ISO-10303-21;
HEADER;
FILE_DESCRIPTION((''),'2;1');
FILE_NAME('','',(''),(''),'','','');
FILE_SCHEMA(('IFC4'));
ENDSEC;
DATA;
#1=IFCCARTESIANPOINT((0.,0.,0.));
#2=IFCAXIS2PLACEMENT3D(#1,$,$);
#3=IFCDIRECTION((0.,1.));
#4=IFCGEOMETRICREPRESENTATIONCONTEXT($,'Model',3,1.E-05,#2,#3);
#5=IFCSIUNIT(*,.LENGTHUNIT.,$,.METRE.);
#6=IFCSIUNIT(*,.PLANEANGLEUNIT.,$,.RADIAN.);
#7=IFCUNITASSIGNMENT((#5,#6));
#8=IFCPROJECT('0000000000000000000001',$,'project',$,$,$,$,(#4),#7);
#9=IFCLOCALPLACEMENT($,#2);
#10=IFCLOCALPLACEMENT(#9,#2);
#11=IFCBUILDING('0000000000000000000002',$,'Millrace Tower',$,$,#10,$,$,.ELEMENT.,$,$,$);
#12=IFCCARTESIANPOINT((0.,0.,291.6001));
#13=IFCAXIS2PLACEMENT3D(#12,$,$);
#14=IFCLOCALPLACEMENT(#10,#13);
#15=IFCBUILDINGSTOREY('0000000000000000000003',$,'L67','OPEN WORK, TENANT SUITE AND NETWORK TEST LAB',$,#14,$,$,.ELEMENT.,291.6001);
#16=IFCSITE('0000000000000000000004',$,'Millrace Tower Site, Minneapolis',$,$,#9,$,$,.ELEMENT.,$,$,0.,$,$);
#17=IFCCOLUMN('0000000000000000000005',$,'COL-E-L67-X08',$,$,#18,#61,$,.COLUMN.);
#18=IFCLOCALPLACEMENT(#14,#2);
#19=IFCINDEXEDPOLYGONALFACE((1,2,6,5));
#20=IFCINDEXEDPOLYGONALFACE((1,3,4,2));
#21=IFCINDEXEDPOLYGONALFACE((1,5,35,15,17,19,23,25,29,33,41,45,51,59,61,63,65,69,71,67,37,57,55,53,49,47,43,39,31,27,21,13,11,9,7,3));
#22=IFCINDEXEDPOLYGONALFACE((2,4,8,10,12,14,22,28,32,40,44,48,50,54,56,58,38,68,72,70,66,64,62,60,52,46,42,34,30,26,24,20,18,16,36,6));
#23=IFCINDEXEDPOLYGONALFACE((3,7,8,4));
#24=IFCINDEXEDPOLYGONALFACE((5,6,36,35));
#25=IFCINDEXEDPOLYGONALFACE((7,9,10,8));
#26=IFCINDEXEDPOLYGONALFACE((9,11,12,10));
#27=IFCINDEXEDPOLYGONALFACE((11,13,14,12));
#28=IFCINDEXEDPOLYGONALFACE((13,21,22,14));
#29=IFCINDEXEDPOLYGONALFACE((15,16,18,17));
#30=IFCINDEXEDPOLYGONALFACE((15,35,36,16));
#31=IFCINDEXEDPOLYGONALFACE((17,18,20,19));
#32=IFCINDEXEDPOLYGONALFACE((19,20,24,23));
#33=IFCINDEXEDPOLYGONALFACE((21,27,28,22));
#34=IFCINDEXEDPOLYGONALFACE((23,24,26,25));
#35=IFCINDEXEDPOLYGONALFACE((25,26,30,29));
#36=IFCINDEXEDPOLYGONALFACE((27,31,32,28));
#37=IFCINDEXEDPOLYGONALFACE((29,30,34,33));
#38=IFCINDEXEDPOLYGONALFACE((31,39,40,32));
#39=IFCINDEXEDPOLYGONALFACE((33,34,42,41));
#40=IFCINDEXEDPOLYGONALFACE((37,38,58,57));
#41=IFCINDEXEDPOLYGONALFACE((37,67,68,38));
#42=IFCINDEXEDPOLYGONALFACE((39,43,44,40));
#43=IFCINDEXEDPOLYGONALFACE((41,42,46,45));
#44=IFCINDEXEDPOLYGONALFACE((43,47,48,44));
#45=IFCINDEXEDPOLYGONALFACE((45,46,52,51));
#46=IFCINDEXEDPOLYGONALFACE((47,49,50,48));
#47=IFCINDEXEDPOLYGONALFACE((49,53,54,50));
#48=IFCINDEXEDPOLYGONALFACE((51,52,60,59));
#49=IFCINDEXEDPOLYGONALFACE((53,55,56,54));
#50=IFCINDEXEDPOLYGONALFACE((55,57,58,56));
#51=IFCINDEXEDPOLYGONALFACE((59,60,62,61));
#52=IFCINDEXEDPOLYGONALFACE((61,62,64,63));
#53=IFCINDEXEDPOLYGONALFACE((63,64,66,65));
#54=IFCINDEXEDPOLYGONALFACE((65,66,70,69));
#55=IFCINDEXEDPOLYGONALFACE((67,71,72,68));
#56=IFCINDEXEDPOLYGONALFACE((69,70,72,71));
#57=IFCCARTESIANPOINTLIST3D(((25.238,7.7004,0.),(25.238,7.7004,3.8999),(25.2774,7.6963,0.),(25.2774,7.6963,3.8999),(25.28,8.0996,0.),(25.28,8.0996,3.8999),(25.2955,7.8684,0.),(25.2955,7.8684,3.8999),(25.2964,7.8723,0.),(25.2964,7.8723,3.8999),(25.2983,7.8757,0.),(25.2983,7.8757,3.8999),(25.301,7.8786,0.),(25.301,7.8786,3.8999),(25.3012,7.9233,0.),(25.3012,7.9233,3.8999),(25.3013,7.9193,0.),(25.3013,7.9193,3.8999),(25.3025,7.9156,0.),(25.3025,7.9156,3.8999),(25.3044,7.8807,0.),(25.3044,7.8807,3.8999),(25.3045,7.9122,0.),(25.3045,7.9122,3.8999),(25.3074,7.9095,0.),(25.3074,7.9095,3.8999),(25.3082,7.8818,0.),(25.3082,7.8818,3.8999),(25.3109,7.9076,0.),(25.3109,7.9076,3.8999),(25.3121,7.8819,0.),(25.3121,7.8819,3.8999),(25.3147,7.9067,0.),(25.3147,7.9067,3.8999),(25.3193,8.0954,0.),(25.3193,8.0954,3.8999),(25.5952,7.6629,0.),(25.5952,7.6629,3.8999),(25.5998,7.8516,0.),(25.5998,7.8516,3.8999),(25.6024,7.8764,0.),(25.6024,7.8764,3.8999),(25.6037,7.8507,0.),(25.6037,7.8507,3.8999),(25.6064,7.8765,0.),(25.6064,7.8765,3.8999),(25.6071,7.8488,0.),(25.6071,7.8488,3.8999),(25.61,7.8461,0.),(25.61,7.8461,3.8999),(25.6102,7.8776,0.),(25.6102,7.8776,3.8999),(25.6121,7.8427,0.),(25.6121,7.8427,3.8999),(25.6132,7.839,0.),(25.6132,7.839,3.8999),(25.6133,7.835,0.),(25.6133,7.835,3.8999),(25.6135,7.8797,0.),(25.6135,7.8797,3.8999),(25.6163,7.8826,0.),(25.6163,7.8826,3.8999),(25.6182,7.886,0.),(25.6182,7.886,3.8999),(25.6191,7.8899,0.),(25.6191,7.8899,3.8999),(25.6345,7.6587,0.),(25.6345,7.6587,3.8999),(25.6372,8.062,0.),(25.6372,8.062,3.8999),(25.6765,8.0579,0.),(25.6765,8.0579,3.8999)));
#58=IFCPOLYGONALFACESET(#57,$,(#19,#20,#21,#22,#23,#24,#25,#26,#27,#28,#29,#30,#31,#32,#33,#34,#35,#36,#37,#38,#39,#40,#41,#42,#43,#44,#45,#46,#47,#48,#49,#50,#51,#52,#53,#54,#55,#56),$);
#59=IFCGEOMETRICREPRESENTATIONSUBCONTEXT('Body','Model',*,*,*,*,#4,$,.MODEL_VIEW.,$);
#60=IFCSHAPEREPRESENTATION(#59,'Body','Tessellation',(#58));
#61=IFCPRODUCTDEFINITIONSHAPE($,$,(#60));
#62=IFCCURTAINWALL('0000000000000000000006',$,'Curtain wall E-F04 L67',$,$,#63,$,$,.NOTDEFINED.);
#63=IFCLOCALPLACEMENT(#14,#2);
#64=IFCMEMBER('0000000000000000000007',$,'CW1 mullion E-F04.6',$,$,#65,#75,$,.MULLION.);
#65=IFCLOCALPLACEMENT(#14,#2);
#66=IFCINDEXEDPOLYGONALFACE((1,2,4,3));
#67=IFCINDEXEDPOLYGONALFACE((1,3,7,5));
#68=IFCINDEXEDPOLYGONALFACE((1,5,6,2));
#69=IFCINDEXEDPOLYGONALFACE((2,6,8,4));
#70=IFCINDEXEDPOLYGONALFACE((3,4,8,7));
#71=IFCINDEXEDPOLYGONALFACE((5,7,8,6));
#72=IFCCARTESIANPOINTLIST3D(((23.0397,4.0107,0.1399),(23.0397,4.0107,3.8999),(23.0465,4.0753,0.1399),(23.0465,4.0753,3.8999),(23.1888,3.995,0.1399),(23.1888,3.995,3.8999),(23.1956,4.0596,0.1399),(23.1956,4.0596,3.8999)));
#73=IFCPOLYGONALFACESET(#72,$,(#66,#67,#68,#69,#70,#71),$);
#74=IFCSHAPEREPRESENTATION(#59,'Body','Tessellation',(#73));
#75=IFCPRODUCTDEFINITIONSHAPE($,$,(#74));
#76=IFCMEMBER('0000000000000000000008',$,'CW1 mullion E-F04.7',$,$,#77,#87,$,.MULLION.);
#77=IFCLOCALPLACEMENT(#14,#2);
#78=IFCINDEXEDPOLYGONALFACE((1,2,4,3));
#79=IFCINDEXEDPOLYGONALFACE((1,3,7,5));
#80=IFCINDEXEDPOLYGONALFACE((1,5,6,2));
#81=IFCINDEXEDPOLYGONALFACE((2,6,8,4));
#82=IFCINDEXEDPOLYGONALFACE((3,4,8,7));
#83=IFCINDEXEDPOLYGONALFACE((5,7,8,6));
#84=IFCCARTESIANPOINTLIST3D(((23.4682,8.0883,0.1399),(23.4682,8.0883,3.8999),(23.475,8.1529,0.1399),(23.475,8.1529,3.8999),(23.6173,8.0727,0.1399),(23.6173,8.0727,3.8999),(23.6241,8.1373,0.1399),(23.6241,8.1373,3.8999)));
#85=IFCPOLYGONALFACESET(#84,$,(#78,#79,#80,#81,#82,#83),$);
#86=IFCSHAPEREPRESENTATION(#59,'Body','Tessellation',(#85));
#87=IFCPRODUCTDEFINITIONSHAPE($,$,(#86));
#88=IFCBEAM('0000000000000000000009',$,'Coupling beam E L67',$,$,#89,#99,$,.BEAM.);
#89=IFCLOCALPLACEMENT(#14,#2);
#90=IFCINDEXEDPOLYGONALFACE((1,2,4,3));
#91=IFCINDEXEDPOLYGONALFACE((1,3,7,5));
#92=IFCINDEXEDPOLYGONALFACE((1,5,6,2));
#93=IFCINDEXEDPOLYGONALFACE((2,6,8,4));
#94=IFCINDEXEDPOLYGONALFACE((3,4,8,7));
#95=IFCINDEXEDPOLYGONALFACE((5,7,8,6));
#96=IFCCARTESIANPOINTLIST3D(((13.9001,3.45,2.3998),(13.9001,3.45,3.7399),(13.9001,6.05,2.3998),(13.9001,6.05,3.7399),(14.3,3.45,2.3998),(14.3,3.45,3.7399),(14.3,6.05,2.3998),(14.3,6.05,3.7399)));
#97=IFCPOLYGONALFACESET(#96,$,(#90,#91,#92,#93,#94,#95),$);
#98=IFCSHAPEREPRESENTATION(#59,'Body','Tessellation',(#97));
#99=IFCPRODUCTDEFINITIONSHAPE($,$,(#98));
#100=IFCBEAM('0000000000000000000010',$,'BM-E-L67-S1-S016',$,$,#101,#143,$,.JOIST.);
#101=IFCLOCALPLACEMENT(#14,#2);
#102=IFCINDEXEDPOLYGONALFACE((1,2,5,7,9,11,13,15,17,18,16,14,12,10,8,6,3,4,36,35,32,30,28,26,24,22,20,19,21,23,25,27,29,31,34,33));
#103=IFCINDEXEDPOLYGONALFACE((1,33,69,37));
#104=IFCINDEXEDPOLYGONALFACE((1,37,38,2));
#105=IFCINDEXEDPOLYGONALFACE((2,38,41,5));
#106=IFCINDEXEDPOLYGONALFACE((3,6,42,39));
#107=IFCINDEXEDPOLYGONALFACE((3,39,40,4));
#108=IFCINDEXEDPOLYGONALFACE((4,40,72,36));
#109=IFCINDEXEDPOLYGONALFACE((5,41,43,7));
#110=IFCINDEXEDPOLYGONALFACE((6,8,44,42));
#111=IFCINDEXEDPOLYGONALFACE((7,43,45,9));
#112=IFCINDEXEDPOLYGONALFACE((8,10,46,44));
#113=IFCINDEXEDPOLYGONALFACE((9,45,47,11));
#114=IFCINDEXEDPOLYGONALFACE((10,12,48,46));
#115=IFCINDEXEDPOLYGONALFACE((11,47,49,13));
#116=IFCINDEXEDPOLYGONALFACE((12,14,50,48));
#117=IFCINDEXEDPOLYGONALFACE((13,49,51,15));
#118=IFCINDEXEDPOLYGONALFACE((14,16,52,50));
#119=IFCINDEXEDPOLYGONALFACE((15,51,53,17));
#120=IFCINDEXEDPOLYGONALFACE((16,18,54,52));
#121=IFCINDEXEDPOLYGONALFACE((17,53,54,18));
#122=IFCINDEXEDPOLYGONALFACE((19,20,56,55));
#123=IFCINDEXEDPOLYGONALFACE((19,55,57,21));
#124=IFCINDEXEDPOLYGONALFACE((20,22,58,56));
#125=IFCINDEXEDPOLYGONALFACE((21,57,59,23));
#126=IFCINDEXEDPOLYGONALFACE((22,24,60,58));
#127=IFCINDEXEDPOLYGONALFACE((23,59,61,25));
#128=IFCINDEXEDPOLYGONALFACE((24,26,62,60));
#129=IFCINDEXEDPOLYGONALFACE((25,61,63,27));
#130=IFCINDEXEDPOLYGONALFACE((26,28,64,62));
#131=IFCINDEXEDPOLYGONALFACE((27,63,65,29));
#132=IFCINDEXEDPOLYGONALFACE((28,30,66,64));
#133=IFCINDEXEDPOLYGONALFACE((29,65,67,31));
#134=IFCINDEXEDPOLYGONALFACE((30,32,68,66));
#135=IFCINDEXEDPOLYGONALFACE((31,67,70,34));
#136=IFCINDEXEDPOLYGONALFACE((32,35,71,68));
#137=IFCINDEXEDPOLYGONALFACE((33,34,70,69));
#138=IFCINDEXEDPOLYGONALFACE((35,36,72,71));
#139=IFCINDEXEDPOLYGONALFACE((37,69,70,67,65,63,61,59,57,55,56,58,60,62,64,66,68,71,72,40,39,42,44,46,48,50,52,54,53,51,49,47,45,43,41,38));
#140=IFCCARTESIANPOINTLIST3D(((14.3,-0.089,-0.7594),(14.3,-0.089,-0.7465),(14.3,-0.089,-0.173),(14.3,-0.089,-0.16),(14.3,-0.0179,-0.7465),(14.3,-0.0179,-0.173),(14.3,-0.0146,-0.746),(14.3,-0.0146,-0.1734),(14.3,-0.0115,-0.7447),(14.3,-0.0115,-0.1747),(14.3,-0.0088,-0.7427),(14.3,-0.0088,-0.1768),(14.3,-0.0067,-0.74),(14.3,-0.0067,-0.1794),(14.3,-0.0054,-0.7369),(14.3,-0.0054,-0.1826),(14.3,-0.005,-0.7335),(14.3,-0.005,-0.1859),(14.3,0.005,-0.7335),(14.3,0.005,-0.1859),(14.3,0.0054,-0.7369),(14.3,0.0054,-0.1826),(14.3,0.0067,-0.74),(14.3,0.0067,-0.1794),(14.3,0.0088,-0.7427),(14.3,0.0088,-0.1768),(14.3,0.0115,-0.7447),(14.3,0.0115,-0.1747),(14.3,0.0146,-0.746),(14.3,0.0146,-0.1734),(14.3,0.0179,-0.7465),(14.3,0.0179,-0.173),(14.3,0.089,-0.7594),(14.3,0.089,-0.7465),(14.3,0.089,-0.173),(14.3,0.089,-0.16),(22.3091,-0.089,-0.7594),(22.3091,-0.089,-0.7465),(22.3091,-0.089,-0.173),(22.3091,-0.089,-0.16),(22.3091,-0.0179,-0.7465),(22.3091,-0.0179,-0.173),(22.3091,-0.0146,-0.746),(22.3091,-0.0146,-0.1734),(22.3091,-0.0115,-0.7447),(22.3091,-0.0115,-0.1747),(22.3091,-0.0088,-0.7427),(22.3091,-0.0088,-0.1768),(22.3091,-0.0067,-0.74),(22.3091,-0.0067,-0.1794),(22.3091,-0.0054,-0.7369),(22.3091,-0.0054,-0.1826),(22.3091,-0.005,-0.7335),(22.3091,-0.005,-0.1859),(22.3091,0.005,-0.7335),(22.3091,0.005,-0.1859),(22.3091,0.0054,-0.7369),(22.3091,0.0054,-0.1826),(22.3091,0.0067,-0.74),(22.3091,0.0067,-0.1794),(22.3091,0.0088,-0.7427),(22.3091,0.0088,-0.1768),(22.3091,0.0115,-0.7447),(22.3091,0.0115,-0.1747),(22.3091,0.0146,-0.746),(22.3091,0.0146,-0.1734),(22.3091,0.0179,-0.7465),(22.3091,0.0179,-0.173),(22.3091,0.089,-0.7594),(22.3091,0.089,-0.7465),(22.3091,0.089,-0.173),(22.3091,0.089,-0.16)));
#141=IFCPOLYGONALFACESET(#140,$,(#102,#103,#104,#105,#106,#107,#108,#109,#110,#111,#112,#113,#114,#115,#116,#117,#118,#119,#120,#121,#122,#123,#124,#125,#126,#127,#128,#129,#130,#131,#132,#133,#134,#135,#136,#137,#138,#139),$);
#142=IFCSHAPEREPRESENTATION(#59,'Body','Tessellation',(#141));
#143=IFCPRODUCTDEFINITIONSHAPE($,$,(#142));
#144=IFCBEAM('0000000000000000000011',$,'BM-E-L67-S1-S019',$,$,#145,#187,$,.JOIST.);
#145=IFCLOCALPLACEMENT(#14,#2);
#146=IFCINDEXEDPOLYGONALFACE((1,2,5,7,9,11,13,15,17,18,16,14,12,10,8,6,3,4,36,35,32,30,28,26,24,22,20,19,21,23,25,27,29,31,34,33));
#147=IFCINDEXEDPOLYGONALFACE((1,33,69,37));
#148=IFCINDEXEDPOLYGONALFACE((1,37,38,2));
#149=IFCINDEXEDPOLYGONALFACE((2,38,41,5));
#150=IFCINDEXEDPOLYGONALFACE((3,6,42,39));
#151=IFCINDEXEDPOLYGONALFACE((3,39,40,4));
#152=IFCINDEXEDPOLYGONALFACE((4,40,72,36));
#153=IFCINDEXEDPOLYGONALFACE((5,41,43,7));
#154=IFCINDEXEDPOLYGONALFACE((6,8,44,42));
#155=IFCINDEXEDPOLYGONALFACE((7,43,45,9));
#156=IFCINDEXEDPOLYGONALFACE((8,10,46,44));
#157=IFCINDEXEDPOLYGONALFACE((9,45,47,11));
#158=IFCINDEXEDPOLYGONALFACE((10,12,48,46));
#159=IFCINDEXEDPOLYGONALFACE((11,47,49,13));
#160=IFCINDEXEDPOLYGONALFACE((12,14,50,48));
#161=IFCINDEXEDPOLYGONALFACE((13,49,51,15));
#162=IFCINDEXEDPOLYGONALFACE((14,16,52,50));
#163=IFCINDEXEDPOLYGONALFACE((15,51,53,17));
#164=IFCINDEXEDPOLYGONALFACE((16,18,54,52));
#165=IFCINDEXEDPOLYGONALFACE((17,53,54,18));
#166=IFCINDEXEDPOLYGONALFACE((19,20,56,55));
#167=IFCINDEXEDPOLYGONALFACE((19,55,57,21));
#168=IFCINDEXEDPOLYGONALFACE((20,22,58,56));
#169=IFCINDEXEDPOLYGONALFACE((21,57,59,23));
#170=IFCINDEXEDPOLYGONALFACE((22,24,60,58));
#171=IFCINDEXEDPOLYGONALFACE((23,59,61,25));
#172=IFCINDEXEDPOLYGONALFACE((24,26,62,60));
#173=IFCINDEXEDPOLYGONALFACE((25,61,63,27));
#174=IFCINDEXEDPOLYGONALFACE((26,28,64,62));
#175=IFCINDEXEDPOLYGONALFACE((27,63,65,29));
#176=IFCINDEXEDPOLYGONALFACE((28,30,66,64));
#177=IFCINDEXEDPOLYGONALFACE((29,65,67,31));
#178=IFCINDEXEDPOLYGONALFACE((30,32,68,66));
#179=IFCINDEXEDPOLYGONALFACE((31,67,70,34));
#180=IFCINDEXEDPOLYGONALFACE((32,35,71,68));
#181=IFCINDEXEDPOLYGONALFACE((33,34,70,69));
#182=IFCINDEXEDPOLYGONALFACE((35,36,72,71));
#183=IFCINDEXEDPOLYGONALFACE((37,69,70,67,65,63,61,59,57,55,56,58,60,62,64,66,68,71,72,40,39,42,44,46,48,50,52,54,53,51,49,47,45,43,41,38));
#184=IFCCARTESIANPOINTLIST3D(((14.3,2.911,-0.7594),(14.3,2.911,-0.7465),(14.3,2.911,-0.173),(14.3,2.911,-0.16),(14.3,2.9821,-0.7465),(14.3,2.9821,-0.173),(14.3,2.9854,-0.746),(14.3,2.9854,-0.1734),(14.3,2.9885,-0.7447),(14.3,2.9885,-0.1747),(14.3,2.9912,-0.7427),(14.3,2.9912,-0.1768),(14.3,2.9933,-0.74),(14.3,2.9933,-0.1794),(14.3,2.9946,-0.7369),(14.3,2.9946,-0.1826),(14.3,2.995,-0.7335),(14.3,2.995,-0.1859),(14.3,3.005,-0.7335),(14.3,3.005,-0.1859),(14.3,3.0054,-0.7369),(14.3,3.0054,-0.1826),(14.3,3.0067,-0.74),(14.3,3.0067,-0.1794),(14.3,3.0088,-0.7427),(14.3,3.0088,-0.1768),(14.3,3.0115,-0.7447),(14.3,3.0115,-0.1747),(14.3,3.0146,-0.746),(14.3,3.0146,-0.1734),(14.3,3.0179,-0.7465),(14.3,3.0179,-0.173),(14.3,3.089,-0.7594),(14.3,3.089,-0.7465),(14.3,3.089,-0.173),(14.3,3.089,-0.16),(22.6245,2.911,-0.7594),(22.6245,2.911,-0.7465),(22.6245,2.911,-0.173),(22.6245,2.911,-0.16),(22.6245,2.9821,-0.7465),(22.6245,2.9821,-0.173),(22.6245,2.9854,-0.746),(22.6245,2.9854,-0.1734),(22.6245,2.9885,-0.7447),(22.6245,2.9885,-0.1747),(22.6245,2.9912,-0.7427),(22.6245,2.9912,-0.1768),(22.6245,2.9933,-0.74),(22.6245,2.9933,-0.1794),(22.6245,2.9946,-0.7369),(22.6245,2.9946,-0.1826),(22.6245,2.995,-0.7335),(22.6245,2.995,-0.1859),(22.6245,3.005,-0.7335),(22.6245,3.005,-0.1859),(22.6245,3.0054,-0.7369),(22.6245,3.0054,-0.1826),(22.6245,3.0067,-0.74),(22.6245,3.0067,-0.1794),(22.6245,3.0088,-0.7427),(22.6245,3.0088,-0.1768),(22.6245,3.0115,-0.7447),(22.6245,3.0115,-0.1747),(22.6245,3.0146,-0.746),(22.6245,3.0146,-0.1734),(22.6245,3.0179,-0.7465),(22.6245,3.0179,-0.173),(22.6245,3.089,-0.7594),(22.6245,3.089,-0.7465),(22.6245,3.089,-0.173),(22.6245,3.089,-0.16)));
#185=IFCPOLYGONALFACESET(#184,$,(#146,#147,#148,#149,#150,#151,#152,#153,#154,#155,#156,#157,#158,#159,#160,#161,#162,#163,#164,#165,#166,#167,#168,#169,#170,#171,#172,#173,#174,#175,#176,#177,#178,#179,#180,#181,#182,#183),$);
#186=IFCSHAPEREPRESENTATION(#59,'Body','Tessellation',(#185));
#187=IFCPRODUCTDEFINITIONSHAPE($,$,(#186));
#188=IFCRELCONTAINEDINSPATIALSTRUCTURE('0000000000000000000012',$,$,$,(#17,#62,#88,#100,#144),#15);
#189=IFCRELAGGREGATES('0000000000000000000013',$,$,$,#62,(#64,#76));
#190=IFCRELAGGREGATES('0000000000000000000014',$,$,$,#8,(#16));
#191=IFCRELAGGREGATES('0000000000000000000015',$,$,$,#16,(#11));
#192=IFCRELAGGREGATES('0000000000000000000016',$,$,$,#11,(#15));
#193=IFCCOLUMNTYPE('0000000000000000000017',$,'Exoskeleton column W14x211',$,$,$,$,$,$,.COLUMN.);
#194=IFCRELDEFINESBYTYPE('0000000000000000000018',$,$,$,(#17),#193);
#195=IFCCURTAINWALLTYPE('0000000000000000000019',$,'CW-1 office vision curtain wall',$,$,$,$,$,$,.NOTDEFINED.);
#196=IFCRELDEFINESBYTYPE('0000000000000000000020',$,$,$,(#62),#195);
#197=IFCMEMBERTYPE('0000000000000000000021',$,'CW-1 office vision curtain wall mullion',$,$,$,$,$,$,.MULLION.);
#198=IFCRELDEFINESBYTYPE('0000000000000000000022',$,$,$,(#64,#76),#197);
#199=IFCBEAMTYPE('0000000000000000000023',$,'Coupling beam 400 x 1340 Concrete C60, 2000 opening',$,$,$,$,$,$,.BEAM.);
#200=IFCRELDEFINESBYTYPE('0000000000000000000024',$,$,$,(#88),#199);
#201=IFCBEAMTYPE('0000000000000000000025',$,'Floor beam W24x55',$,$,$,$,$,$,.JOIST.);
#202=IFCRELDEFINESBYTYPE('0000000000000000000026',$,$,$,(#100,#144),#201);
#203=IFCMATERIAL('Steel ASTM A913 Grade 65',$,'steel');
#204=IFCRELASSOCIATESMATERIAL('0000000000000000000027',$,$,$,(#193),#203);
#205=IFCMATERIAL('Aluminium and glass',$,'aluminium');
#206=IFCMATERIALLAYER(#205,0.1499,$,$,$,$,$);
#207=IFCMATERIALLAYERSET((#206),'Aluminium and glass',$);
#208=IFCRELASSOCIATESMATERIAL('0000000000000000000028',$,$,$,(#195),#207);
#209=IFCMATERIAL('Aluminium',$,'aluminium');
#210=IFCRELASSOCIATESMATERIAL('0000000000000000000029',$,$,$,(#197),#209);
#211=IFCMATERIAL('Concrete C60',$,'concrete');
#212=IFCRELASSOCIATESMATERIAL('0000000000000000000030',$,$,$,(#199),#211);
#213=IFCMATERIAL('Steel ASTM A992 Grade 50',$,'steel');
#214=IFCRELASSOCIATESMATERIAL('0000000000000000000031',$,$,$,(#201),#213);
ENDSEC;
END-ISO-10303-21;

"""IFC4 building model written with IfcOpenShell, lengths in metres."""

from ifc_helpers import new_model, si_unit, direction, frame, origin, origin_2d, place, context, subcontext, project, spatial, rectangle, i_section, extrude, material, layer, layer_set, material_profile, profile_set, type_object, element, aggregate, save


model = new_model("IFC4")

# Units and contexts
model_context = context("Model", 3, precision=1e-05, world=origin(), true_north=direction((0.0, 1.0)))
body_context = subcontext(model_context, "Body", "Model", "MODEL_VIEW")
ifc_project = project(units=[si_unit("LENGTHUNIT", "METRE"), si_unit("PLANEANGLEUNIT", "RADIAN")], contexts=[model_context])

# Site, building, storey
site_placement = place(None, origin())
site = spatial("IfcSite", under=ifc_project, at=site_placement, Name="Millrace Tower Site, Minneapolis", CompositionType="ELEMENT", RefElevation=0.0)
building_placement = place(site_placement, origin())
building = spatial("IfcBuilding", under=site, at=building_placement, Name="Millrace Tower", CompositionType="ELEMENT")
storey_placement = place(building_placement, frame((0.0, 0.0, 291.6001)))
storey = spatial("IfcBuildingStorey", under=building, at=storey_placement, Name="L67", Description="OPEN WORK, TENANT SUITE AND NETWORK TEST LAB", CompositionType="ELEMENT", Elevation=291.6001)

# Column
ifc_material_1 = material(Name="Steel ASTM A913 Grade 65", Category="steel")
ifc_material_profile_1 = material_profile(ifc_material_1, i_section(OverallWidth=0.4014, OverallDepth=0.3987, WebThickness=0.0249, FlangeThickness=0.0396, FilletRadius=0.0151, at=origin_2d()))
ifc_profile_set_1 = profile_set([ifc_material_profile_1], Name="Steel ASTM A913 Grade 65")
column_type = type_object("IfcColumnType", Name="Exoskeleton column W14x211", PredefinedType="COLUMN", material=ifc_profile_set_1)
column_placement = place(storey_placement, frame((25.4573, 7.8792, 0.0), z_axis=(0.0, 0.0, 1.0), x_axis=(0.104528, 0.994522, 0.0)))
element("IfcColumn", 1, at=column_placement, inside=storey, type_object=column_type, Name="COL-E-L67-X08", PredefinedType="COLUMN", context=body_context, shape_type="SweptSolid", body=[
    extrude(i_section(OverallWidth=0.4014, OverallDepth=0.3987, WebThickness=0.0249, FlangeThickness=0.0396, FilletRadius=0.0151, at=origin_2d()), origin(), (0.0, 0.0, 1.0), 3.8999),
])

# Curtain wall, members
ifc_material_2 = material(Name="Aluminium and glass", Category="aluminium")
ifc_layer_1 = layer(ifc_material_2, 0.1499)
ifc_layer_set_1 = layer_set([ifc_layer_1], Name="Aluminium and glass")
curtain_wall_type = type_object("IfcCurtainWallType", Name="CW-1 office vision curtain wall", PredefinedType="NOTDEFINED", material=ifc_layer_set_1)
curtain_wall_placement = place(storey_placement, origin())
curtain_wall = element("IfcCurtainWall", 2, at=curtain_wall_placement, inside=storey, type_object=curtain_wall_type, Name="Curtain wall E-F04 L67", PredefinedType="NOTDEFINED")
ifc_material_3 = material(Name="Aluminium", Category="aluminium")
ifc_material_profile_2 = material_profile(ifc_material_3, rectangle(XDim=0.0649, YDim=0.1499, at=origin_2d()))
ifc_profile_set_2 = profile_set([ifc_material_profile_2], Name="Aluminium")
member_type = type_object("IfcMemberType", Name="CW-1 office vision curtain wall mullion", PredefinedType="MULLION", material=ifc_profile_set_2)
member_1_placement = place(storey_placement, frame((23.1177, 4.0352, 0.1399), z_axis=(0.0, 0.0, 1.0), x_axis=(0.104528, 0.994522, 0.0)))
member_1 = element("IfcMember", 3, at=member_1_placement, type_object=member_type, Name="CW1 mullion E-F04.6", PredefinedType="MULLION", context=body_context, shape_type="SweptSolid", body=[
    extrude(rectangle(XDim=0.0649, YDim=0.1499, at=origin_2d()), origin(), (0.0, 0.0, 1.0), 3.76),
])
member_2_placement = place(storey_placement, frame((23.5461, 8.1128, 0.1399), z_axis=(0.0, 0.0, 1.0), x_axis=(0.104528, 0.994522, 0.0)))
member_2 = element("IfcMember", 4, at=member_2_placement, type_object=member_type, Name="CW1 mullion E-F04.7", PredefinedType="MULLION", context=body_context, shape_type="SweptSolid", body=[
    extrude(rectangle(XDim=0.0649, YDim=0.1499, at=origin_2d()), origin(), (0.0, 0.0, 1.0), 3.76),
])
aggregate(curtain_wall, [member_1, member_2])

# Beams
ifc_material_4 = material(Name="Concrete C60", Category="concrete")
ifc_material_profile_3 = material_profile(ifc_material_4, rectangle(XDim=0.3999, YDim=1.3401, at=origin_2d()))
ifc_profile_set_3 = profile_set([ifc_material_profile_3], Name="Concrete C60")
beam_type_1 = type_object("IfcBeamType", Name="Coupling beam 400 x 1340 Concrete C60, 2000 opening", PredefinedType="BEAM", material=ifc_profile_set_3)
beam_1_placement = place(storey_placement, frame((14.1001, 6.05, 3.0698), z_axis=(0.0, -1.0, 0.0), x_axis=(1.0, 0.0, 0.0)))
element("IfcBeam", 5, at=beam_1_placement, inside=storey, type_object=beam_type_1, Name="Coupling beam E L67", PredefinedType="BEAM", context=body_context, shape_type="SweptSolid", body=[
    extrude(rectangle(XDim=0.3999, YDim=1.3401, at=origin_2d()), origin(), (0.0, 0.0, 1.0), 2.6001),
])
ifc_material_5 = material(Name="Steel ASTM A992 Grade 50", Category="steel")
ifc_material_profile_4 = material_profile(ifc_material_5, i_section(OverallWidth=0.178, OverallDepth=0.5994, WebThickness=0.01, FlangeThickness=0.0129, FilletRadius=0.0129, at=origin_2d()))
ifc_profile_set_4 = profile_set([ifc_material_profile_4], Name="Steel ASTM A992 Grade 50")
beam_type_2 = type_object("IfcBeamType", Name="Floor beam W24x55", PredefinedType="JOIST", material=ifc_profile_set_4)
beam_2_placement = place(storey_placement, frame((14.3, 0.0, -0.4597), z_axis=(1.0, 0.0, 0.0), x_axis=(0.0, 1.0, 0.0)))
element("IfcBeam", 6, at=beam_2_placement, inside=storey, type_object=beam_type_2, Name="BM-E-L67-S1-S016", PredefinedType="JOIST", context=body_context, shape_type="SweptSolid", body=[
    extrude(i_section(OverallWidth=0.178, OverallDepth=0.5994, WebThickness=0.01, FlangeThickness=0.0129, FilletRadius=0.0129, at=origin_2d()), origin(), (0.0, 0.0, 1.0), 8.009),
])
beam_3_placement = place(storey_placement, frame((14.3, 3.0, -0.4597), z_axis=(1.0, 0.0, 0.0), x_axis=(0.0, 1.0, 0.0)))
element("IfcBeam", 7, at=beam_3_placement, inside=storey, type_object=beam_type_2, Name="BM-E-L67-S1-S019", PredefinedType="JOIST", context=body_context, shape_type="SweptSolid", body=[
    extrude(i_section(OverallWidth=0.178, OverallDepth=0.5994, WebThickness=0.01, FlangeThickness=0.0129, FilletRadius=0.0129, at=origin_2d()), origin(), (0.0, 0.0, 1.0), 8.3245),
])

save(model, "model.ifc")
